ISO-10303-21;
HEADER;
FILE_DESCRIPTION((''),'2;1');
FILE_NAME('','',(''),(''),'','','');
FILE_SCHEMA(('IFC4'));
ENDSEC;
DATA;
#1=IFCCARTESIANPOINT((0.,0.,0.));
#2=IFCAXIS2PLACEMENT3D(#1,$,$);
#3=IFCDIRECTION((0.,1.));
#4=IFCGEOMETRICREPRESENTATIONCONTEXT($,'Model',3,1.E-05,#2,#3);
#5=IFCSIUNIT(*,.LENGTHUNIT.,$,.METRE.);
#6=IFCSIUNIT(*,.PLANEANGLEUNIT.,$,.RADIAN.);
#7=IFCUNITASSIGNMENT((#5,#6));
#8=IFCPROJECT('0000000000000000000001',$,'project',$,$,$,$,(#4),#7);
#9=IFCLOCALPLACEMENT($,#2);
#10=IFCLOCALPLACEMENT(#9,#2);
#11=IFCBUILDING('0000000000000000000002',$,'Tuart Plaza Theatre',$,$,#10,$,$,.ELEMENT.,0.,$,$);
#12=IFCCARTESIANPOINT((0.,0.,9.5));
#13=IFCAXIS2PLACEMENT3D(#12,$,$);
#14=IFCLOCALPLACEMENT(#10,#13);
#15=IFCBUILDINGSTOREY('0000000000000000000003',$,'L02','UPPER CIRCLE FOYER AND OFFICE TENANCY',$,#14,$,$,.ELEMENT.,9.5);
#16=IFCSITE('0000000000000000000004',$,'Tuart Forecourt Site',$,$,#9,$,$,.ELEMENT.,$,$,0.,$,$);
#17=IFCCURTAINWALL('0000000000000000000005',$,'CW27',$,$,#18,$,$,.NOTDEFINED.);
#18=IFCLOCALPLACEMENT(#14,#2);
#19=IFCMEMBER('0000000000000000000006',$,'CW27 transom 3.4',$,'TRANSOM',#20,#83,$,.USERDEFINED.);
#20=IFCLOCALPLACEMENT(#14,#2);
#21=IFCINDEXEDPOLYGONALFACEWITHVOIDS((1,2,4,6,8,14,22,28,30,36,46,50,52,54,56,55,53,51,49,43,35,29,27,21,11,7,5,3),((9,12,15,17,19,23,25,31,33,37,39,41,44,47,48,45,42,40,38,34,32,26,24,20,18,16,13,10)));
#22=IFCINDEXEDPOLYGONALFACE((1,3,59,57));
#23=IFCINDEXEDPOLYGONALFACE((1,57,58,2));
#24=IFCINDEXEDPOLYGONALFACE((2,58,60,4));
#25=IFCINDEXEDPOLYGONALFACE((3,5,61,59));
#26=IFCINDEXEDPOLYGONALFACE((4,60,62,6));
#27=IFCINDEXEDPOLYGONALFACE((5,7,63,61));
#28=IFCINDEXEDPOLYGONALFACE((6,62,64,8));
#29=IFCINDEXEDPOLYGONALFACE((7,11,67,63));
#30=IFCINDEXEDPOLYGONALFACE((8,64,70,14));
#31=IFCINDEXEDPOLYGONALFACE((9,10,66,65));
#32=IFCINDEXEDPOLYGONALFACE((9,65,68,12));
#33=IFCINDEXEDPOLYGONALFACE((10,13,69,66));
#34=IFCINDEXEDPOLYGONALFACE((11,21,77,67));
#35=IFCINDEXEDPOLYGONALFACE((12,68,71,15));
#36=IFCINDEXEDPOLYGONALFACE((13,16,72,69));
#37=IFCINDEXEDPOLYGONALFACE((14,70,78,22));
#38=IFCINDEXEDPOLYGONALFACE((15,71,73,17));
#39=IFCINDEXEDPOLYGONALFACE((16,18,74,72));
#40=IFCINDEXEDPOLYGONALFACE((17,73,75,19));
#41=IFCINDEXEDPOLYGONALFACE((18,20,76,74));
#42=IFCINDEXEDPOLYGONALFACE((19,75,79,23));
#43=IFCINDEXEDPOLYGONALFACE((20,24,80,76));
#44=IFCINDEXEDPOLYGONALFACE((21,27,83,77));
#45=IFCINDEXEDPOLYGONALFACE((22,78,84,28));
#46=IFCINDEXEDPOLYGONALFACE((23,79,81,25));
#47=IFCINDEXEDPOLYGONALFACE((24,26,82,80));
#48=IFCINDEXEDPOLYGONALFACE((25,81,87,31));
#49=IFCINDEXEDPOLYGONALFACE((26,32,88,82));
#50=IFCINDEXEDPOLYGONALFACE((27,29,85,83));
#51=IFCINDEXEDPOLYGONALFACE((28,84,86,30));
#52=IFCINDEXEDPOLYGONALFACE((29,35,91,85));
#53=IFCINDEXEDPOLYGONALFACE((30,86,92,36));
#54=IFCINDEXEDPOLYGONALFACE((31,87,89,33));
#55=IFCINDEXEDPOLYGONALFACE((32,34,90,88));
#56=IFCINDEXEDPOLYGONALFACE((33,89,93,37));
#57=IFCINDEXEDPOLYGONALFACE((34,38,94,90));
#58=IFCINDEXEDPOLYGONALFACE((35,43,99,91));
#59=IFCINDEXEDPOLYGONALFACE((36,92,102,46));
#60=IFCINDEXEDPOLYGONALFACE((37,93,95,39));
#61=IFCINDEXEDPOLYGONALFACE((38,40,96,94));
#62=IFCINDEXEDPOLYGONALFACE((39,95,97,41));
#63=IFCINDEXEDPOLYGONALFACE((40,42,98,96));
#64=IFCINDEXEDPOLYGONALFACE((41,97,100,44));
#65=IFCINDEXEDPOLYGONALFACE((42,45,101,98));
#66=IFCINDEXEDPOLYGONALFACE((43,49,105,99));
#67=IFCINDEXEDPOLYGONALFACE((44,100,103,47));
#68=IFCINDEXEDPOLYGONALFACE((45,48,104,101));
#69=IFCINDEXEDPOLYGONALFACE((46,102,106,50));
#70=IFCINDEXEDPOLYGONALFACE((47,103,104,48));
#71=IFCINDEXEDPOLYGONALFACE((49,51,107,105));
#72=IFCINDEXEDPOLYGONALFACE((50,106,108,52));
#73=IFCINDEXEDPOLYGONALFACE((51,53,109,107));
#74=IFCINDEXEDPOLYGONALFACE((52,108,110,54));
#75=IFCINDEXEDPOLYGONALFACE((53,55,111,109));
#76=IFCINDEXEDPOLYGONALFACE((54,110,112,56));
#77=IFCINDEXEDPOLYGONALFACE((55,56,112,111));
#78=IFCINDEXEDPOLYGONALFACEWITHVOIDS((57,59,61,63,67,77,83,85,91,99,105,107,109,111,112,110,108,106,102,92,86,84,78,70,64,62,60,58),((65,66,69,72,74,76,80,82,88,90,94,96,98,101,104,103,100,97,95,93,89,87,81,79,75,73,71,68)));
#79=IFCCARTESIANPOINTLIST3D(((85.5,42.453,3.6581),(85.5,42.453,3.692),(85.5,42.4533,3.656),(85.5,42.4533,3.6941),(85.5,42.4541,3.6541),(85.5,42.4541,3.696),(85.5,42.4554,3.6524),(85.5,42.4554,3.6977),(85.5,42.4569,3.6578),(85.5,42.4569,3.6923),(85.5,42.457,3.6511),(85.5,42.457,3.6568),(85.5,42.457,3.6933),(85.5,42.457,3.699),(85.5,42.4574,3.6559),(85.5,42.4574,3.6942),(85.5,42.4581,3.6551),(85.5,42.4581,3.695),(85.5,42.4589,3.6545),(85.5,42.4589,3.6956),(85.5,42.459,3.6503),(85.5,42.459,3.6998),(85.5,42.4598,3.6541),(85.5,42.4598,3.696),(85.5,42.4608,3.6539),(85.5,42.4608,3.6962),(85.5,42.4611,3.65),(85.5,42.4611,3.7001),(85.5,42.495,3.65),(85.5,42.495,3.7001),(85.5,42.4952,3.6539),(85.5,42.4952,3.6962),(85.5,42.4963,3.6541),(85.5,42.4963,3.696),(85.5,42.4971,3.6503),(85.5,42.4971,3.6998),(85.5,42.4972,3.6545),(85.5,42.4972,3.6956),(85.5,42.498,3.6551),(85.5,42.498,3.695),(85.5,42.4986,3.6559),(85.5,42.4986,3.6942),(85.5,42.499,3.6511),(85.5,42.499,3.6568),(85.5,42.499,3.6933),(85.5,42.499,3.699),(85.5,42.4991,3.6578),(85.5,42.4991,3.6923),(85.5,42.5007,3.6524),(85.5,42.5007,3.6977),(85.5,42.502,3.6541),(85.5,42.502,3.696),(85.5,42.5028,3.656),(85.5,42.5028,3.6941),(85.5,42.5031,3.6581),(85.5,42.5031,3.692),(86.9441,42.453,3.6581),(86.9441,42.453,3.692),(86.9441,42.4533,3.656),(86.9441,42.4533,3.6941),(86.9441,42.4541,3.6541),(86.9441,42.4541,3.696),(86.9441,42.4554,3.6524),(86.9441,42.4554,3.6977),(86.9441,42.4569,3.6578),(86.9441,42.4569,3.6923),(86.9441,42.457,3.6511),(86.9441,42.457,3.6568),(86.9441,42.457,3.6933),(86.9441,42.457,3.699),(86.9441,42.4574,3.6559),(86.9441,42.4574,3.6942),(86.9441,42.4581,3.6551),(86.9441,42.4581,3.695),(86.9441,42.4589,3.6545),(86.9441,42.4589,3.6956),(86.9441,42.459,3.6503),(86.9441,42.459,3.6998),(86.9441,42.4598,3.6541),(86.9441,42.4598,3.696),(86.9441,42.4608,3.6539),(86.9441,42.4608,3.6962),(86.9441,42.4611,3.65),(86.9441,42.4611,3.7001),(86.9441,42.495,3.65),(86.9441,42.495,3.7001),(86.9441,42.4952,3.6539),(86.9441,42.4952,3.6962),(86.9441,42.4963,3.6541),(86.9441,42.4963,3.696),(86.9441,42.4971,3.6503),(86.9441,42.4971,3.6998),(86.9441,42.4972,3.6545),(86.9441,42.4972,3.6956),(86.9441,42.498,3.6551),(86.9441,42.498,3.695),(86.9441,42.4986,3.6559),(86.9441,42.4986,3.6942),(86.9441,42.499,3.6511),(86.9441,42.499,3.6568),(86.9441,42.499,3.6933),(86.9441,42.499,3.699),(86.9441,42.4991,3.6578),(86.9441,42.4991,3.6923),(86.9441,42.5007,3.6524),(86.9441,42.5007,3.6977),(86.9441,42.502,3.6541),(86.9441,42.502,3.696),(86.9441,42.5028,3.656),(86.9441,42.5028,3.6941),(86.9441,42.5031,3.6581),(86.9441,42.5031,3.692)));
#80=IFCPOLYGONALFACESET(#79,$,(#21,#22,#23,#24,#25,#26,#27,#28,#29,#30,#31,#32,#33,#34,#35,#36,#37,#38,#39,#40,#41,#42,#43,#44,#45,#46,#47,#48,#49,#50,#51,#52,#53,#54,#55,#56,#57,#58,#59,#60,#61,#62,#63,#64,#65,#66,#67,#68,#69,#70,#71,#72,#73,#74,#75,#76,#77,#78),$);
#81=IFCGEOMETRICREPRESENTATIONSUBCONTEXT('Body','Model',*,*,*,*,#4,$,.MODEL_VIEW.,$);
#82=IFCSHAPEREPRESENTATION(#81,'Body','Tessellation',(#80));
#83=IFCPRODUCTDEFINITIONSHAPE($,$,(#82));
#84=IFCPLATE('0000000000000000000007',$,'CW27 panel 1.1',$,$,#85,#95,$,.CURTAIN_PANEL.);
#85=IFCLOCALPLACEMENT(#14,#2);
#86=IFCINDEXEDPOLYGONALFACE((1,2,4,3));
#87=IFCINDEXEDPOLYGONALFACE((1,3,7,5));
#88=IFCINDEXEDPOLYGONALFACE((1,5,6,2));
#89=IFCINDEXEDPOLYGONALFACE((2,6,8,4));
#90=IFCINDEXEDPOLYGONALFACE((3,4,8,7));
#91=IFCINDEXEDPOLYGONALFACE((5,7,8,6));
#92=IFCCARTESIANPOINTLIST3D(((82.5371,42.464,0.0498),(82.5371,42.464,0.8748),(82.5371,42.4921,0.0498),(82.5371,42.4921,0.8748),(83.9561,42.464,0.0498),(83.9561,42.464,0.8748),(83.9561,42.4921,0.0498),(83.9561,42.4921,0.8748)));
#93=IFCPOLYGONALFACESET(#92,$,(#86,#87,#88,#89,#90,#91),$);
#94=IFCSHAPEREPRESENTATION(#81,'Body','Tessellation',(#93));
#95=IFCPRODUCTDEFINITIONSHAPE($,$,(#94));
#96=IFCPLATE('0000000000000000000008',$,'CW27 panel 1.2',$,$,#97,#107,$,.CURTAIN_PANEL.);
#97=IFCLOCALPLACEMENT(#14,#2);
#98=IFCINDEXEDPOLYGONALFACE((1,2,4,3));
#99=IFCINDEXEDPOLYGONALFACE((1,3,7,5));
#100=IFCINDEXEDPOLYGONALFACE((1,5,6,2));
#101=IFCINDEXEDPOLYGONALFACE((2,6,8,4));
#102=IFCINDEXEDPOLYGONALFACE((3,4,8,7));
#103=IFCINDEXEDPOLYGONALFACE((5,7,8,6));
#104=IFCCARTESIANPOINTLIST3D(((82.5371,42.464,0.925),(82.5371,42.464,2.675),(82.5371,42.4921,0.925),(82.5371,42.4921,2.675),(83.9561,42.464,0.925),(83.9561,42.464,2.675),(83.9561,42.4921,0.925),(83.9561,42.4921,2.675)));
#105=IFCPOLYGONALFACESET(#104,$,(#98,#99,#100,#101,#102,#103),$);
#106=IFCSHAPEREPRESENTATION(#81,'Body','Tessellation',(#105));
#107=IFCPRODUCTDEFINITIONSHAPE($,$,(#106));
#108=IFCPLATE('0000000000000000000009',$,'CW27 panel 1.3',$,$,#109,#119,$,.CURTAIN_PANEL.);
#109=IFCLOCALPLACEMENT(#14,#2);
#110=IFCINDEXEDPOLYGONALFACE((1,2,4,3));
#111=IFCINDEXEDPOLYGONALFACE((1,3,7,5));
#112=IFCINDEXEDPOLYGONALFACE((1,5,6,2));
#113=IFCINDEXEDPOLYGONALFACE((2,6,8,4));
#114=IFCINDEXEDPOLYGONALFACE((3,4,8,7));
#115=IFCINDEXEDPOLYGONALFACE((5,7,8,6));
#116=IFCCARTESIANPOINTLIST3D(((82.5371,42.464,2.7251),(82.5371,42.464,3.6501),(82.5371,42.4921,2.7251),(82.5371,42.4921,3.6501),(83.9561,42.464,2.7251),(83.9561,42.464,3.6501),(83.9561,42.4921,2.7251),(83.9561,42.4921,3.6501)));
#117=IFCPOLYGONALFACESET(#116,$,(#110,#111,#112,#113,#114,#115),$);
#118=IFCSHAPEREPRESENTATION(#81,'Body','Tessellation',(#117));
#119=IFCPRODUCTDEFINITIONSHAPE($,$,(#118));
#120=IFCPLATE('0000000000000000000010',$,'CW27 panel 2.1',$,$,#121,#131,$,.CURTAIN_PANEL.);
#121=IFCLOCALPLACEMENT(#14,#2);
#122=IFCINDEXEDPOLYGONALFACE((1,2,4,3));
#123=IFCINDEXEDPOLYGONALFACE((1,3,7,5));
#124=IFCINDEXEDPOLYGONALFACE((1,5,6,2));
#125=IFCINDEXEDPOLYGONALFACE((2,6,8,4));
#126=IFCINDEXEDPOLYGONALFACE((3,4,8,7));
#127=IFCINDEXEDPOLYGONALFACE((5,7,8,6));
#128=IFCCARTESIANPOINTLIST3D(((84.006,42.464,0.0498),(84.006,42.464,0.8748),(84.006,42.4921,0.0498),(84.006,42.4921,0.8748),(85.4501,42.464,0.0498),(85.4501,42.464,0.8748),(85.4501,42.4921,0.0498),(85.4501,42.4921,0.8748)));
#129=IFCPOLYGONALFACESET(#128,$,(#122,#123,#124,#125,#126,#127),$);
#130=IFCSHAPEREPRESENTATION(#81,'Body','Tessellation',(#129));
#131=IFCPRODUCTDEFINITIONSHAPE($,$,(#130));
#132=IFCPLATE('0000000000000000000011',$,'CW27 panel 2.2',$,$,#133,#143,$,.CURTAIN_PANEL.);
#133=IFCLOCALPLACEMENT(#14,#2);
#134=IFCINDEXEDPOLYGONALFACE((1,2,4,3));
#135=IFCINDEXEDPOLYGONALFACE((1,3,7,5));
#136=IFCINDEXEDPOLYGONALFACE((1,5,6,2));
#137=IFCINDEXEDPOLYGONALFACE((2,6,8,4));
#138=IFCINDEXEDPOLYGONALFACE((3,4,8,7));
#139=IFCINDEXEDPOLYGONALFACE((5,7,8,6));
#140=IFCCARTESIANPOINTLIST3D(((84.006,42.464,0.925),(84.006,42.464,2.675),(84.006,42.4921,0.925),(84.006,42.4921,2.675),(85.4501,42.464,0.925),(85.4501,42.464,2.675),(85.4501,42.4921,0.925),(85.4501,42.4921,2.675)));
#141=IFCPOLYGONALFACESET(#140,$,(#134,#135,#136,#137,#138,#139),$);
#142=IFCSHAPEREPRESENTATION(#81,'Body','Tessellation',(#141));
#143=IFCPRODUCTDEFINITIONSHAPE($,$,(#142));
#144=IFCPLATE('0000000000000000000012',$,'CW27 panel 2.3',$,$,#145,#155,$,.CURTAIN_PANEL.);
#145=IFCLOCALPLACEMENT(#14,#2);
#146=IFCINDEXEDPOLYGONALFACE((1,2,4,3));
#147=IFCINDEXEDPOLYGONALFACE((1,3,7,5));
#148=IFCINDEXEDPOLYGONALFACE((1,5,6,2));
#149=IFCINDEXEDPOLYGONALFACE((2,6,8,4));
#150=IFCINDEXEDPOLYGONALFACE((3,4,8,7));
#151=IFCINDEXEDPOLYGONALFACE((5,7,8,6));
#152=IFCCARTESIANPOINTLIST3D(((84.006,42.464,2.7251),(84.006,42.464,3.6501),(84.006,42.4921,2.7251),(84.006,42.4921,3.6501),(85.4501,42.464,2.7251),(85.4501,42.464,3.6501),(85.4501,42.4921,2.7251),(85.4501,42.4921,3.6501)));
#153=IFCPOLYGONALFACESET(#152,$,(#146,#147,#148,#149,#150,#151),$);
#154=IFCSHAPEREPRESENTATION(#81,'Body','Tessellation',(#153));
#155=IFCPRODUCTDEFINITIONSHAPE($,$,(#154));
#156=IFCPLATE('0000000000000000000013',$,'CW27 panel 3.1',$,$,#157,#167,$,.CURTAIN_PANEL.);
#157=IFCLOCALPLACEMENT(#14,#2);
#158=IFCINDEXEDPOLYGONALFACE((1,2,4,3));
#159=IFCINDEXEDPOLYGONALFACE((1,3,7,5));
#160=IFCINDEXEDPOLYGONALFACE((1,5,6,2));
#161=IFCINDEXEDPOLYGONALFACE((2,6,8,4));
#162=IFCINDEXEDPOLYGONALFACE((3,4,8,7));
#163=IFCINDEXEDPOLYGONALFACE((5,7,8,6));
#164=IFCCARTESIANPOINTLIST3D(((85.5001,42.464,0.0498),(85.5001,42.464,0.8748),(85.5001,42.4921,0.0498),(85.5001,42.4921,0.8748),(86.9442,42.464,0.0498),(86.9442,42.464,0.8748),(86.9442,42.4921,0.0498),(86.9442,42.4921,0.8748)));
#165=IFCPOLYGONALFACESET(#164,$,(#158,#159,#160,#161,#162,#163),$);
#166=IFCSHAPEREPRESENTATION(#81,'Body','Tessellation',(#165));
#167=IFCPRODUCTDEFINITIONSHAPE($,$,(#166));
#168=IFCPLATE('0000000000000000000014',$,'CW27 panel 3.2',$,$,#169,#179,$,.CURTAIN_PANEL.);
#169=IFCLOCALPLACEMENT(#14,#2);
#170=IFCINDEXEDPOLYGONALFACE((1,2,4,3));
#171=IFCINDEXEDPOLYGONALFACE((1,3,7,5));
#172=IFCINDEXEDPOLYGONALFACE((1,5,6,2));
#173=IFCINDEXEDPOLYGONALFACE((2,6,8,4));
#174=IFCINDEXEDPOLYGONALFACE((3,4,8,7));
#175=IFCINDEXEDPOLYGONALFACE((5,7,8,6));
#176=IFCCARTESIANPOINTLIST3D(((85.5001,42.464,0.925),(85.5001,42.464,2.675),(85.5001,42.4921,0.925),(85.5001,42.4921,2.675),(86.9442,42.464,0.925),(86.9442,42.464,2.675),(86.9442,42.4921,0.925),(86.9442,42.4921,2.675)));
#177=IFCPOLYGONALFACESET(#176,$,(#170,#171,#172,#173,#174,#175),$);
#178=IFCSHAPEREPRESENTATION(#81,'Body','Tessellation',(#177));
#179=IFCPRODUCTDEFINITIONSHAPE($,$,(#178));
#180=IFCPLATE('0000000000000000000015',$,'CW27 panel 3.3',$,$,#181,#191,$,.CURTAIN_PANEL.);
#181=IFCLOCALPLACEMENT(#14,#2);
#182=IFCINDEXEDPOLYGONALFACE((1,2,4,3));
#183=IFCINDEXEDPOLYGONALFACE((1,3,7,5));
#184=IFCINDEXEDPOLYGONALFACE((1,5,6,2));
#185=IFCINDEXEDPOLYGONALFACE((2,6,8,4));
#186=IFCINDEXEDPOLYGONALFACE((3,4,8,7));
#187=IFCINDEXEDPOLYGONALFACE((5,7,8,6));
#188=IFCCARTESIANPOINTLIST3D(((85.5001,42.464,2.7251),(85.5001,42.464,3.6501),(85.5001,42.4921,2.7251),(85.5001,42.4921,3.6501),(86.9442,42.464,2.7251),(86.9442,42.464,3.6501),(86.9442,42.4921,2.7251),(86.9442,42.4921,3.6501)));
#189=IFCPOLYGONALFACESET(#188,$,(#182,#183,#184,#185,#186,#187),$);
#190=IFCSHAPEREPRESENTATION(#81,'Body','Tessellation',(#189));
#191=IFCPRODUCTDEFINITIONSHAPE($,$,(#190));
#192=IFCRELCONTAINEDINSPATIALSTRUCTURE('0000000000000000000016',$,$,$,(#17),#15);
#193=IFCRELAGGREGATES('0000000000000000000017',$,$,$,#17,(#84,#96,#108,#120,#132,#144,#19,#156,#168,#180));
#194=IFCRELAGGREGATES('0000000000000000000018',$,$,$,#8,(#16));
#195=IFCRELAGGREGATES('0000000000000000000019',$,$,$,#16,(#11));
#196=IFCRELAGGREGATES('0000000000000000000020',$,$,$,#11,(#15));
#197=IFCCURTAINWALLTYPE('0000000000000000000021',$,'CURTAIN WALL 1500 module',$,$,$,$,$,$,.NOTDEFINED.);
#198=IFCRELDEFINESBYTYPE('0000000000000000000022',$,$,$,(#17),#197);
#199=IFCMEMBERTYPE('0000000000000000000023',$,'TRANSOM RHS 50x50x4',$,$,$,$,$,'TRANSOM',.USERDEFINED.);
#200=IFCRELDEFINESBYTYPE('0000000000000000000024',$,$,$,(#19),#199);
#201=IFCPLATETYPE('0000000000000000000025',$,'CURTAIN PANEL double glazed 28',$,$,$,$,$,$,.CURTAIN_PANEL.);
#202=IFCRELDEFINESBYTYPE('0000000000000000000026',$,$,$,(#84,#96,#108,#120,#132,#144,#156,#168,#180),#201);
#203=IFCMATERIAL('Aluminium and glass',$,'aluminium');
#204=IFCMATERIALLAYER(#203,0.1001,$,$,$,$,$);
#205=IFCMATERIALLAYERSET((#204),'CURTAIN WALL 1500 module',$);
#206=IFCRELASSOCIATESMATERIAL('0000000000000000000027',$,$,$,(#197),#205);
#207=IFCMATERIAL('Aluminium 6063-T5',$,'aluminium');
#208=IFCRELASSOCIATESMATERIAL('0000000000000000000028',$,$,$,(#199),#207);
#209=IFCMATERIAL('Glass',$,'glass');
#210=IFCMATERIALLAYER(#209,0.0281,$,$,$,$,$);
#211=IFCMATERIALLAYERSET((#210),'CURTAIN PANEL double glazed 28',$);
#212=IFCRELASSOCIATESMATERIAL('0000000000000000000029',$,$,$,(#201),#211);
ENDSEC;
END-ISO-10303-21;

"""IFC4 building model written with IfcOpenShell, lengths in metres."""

from ifc_helpers import new_model, si_unit, direction, frame, origin, origin_2d, place, context, subcontext, project, spatial, rectangle, hollow_rectangle, extrude, material, layer, layer_set, material_profile, profile_set, type_object, element, aggregate, save


model = new_model("IFC4")

# Units and contexts
model_context = context("Model", 3, precision=1e-05, world=origin(), true_north=direction((0.0, 1.0)))
body_context = subcontext(model_context, "Body", "Model", "MODEL_VIEW")
ifc_project = project(units=[si_unit("LENGTHUNIT", "METRE"), si_unit("PLANEANGLEUNIT", "RADIAN")], contexts=[model_context])

# Site, building, storey
site_placement = place(None, origin())
site = spatial("IfcSite", under=ifc_project, at=site_placement, Name="Tuart Forecourt Site", CompositionType="ELEMENT", RefElevation=0.0)
building_placement = place(site_placement, origin())
building = spatial("IfcBuilding", under=site, at=building_placement, Name="Tuart Plaza Theatre", CompositionType="ELEMENT", ElevationOfRefHeight=0.0)
storey_placement = place(building_placement, frame((0.0, 0.0, 9.5)))
storey = spatial("IfcBuildingStorey", under=building, at=storey_placement, Name="L02", Description="UPPER CIRCLE FOYER AND OFFICE TENANCY", CompositionType="ELEMENT", Elevation=9.5)

# Curtain wall, member, plates
ifc_material_1 = material(Name="Aluminium and glass", Category="aluminium")
ifc_layer_1 = layer(ifc_material_1, 0.1001)
ifc_layer_set_1 = layer_set([ifc_layer_1], Name="CURTAIN WALL 1500 module")
curtain_wall_type = type_object("IfcCurtainWallType", Name="CURTAIN WALL 1500 module", PredefinedType="NOTDEFINED", material=ifc_layer_set_1)
curtain_wall_placement = place(storey_placement, origin())
curtain_wall = element("IfcCurtainWall", 1, at=curtain_wall_placement, inside=storey, type_object=curtain_wall_type, Name="CW27", PredefinedType="NOTDEFINED")
ifc_material_2 = material(Name="Aluminium 6063-T5", Category="aluminium")
ifc_material_profile_1 = material_profile(ifc_material_2, hollow_rectangle(XDim=0.05, YDim=0.05, WallThickness=0.0039, InnerFilletRadius=0.0039, OuterFilletRadius=0.0081, at=origin_2d()), Name="RHS 50x50x4")
ifc_profile_set_1 = profile_set([ifc_material_profile_1], Name="Aluminium 6063-T5")
member_type_1 = type_object("IfcMemberType", Name="TRANSOM RHS 50x50x4", ElementType="TRANSOM", PredefinedType="USERDEFINED", material=ifc_profile_set_1)
member_1_placement = place(storey_placement, frame((85.5, 42.478, 3.675), z_axis=(1.0, 0.0, 0.0), x_axis=(0.0, 1.0, 0.0)))
member_1 = element("IfcMember", 2, at=member_1_placement, type_object=member_type_1, Name="CW27 transom 3.4", ObjectType="TRANSOM", PredefinedType="USERDEFINED", context=body_context, shape_type="SweptSolid", body=[
    extrude(hollow_rectangle(XDim=0.05, YDim=0.05, WallThickness=0.0039, InnerFilletRadius=0.0039, OuterFilletRadius=0.0081, at=origin_2d()), origin(), (0.0, 0.0, 1.0), 1.4441),
])
ifc_material_3 = material(Name="Glass", Category="glass")
ifc_layer_2 = layer(ifc_material_3, 0.0281)
ifc_layer_set_2 = layer_set([ifc_layer_2], Name="CURTAIN PANEL double glazed 28")
plate_type = type_object("IfcPlateType", Name="CURTAIN PANEL double glazed 28", PredefinedType="CURTAIN_PANEL", material=ifc_layer_set_2)
plate_1_placement = place(storey_placement, frame((83.2466, 42.478, 0.0498), z_axis=(0.0, 0.0, 1.0), x_axis=(1.0, 0.0, 0.0)))
plate_1 = element("IfcPlate", 3, at=plate_1_placement, type_object=plate_type, Name="CW27 panel 1.1", PredefinedType="CURTAIN_PANEL", context=body_context, shape_type="SweptSolid", body=[
    extrude(rectangle(XDim=1.4189, YDim=0.0281, at=origin_2d()), origin(), (0.0, 0.0, 1.0), 0.825),
])
plate_2_placement = place(storey_placement, frame((83.2466, 42.478, 0.925), z_axis=(0.0, 0.0, 1.0), x_axis=(1.0, 0.0, 0.0)))
plate_2 = element("IfcPlate", 4, at=plate_2_placement, type_object=plate_type, Name="CW27 panel 1.2", PredefinedType="CURTAIN_PANEL", context=body_context, shape_type="SweptSolid", body=[
    extrude(rectangle(XDim=1.4189, YDim=0.0281, at=origin_2d()), origin(), (0.0, 0.0, 1.0), 1.75),
])
plate_3_placement = place(storey_placement, frame((83.2466, 42.478, 2.7251), z_axis=(0.0, 0.0, 1.0), x_axis=(1.0, 0.0, 0.0)))
plate_3 = element("IfcPlate", 5, at=plate_3_placement, type_object=plate_type, Name="CW27 panel 1.3", PredefinedType="CURTAIN_PANEL", context=body_context, shape_type="SweptSolid", body=[
    extrude(rectangle(XDim=1.4189, YDim=0.0281, at=origin_2d()), origin(), (0.0, 0.0, 1.0), 0.925),
])
plate_4_placement = place(storey_placement, frame((84.728, 42.478, 0.0498), z_axis=(0.0, 0.0, 1.0), x_axis=(1.0, 0.0, 0.0)))
plate_4 = element("IfcPlate", 6, at=plate_4_placement, type_object=plate_type, Name="CW27 panel 2.1", PredefinedType="CURTAIN_PANEL", context=body_context, shape_type="SweptSolid", body=[
    extrude(rectangle(XDim=1.4441, YDim=0.0281, at=origin_2d()), origin(), (0.0, 0.0, 1.0), 0.825),
])
plate_5_placement = place(storey_placement, frame((84.728, 42.478, 0.925), z_axis=(0.0, 0.0, 1.0), x_axis=(1.0, 0.0, 0.0)))
plate_5 = element("IfcPlate", 7, at=plate_5_placement, type_object=plate_type, Name="CW27 panel 2.2", PredefinedType="CURTAIN_PANEL", context=body_context, shape_type="SweptSolid", body=[
    extrude(rectangle(XDim=1.4441, YDim=0.0281, at=origin_2d()), origin(), (0.0, 0.0, 1.0), 1.75),
])
plate_6_placement = place(storey_placement, frame((84.728, 42.478, 2.7251), z_axis=(0.0, 0.0, 1.0), x_axis=(1.0, 0.0, 0.0)))
plate_6 = element("IfcPlate", 8, at=plate_6_placement, type_object=plate_type, Name="CW27 panel 2.3", PredefinedType="CURTAIN_PANEL", context=body_context, shape_type="SweptSolid", body=[
    extrude(rectangle(XDim=1.4441, YDim=0.0281, at=origin_2d()), origin(), (0.0, 0.0, 1.0), 0.925),
])
plate_7_placement = place(storey_placement, frame((86.2222, 42.478, 0.0498), z_axis=(0.0, 0.0, 1.0), x_axis=(1.0, 0.0, 0.0)))
plate_7 = element("IfcPlate", 9, at=plate_7_placement, type_object=plate_type, Name="CW27 panel 3.1", PredefinedType="CURTAIN_PANEL", context=body_context, shape_type="SweptSolid", body=[
    extrude(rectangle(XDim=1.4441, YDim=0.0281, at=origin_2d()), origin(), (0.0, 0.0, 1.0), 0.825),
])
plate_8_placement = place(storey_placement, frame((86.2222, 42.478, 0.925), z_axis=(0.0, 0.0, 1.0), x_axis=(1.0, 0.0, 0.0)))
plate_8 = element("IfcPlate", 10, at=plate_8_placement, type_object=plate_type, Name="CW27 panel 3.2", PredefinedType="CURTAIN_PANEL", context=body_context, shape_type="SweptSolid", body=[
    extrude(rectangle(XDim=1.4441, YDim=0.0281, at=origin_2d()), origin(), (0.0, 0.0, 1.0), 1.75),
])
plate_9_placement = place(storey_placement, frame((86.2222, 42.478, 2.7251), z_axis=(0.0, 0.0, 1.0), x_axis=(1.0, 0.0, 0.0)))
plate_9 = element("IfcPlate", 11, at=plate_9_placement, type_object=plate_type, Name="CW27 panel 3.3", PredefinedType="CURTAIN_PANEL", context=body_context, shape_type="SweptSolid", body=[
    extrude(rectangle(XDim=1.4441, YDim=0.0281, at=origin_2d()), origin(), (0.0, 0.0, 1.0), 0.925),
])
aggregate(curtain_wall, [plate_1, plate_2, plate_3, plate_4, plate_5, plate_6, member_1, plate_7, plate_8, plate_9])

save(model, "model.ifc")
